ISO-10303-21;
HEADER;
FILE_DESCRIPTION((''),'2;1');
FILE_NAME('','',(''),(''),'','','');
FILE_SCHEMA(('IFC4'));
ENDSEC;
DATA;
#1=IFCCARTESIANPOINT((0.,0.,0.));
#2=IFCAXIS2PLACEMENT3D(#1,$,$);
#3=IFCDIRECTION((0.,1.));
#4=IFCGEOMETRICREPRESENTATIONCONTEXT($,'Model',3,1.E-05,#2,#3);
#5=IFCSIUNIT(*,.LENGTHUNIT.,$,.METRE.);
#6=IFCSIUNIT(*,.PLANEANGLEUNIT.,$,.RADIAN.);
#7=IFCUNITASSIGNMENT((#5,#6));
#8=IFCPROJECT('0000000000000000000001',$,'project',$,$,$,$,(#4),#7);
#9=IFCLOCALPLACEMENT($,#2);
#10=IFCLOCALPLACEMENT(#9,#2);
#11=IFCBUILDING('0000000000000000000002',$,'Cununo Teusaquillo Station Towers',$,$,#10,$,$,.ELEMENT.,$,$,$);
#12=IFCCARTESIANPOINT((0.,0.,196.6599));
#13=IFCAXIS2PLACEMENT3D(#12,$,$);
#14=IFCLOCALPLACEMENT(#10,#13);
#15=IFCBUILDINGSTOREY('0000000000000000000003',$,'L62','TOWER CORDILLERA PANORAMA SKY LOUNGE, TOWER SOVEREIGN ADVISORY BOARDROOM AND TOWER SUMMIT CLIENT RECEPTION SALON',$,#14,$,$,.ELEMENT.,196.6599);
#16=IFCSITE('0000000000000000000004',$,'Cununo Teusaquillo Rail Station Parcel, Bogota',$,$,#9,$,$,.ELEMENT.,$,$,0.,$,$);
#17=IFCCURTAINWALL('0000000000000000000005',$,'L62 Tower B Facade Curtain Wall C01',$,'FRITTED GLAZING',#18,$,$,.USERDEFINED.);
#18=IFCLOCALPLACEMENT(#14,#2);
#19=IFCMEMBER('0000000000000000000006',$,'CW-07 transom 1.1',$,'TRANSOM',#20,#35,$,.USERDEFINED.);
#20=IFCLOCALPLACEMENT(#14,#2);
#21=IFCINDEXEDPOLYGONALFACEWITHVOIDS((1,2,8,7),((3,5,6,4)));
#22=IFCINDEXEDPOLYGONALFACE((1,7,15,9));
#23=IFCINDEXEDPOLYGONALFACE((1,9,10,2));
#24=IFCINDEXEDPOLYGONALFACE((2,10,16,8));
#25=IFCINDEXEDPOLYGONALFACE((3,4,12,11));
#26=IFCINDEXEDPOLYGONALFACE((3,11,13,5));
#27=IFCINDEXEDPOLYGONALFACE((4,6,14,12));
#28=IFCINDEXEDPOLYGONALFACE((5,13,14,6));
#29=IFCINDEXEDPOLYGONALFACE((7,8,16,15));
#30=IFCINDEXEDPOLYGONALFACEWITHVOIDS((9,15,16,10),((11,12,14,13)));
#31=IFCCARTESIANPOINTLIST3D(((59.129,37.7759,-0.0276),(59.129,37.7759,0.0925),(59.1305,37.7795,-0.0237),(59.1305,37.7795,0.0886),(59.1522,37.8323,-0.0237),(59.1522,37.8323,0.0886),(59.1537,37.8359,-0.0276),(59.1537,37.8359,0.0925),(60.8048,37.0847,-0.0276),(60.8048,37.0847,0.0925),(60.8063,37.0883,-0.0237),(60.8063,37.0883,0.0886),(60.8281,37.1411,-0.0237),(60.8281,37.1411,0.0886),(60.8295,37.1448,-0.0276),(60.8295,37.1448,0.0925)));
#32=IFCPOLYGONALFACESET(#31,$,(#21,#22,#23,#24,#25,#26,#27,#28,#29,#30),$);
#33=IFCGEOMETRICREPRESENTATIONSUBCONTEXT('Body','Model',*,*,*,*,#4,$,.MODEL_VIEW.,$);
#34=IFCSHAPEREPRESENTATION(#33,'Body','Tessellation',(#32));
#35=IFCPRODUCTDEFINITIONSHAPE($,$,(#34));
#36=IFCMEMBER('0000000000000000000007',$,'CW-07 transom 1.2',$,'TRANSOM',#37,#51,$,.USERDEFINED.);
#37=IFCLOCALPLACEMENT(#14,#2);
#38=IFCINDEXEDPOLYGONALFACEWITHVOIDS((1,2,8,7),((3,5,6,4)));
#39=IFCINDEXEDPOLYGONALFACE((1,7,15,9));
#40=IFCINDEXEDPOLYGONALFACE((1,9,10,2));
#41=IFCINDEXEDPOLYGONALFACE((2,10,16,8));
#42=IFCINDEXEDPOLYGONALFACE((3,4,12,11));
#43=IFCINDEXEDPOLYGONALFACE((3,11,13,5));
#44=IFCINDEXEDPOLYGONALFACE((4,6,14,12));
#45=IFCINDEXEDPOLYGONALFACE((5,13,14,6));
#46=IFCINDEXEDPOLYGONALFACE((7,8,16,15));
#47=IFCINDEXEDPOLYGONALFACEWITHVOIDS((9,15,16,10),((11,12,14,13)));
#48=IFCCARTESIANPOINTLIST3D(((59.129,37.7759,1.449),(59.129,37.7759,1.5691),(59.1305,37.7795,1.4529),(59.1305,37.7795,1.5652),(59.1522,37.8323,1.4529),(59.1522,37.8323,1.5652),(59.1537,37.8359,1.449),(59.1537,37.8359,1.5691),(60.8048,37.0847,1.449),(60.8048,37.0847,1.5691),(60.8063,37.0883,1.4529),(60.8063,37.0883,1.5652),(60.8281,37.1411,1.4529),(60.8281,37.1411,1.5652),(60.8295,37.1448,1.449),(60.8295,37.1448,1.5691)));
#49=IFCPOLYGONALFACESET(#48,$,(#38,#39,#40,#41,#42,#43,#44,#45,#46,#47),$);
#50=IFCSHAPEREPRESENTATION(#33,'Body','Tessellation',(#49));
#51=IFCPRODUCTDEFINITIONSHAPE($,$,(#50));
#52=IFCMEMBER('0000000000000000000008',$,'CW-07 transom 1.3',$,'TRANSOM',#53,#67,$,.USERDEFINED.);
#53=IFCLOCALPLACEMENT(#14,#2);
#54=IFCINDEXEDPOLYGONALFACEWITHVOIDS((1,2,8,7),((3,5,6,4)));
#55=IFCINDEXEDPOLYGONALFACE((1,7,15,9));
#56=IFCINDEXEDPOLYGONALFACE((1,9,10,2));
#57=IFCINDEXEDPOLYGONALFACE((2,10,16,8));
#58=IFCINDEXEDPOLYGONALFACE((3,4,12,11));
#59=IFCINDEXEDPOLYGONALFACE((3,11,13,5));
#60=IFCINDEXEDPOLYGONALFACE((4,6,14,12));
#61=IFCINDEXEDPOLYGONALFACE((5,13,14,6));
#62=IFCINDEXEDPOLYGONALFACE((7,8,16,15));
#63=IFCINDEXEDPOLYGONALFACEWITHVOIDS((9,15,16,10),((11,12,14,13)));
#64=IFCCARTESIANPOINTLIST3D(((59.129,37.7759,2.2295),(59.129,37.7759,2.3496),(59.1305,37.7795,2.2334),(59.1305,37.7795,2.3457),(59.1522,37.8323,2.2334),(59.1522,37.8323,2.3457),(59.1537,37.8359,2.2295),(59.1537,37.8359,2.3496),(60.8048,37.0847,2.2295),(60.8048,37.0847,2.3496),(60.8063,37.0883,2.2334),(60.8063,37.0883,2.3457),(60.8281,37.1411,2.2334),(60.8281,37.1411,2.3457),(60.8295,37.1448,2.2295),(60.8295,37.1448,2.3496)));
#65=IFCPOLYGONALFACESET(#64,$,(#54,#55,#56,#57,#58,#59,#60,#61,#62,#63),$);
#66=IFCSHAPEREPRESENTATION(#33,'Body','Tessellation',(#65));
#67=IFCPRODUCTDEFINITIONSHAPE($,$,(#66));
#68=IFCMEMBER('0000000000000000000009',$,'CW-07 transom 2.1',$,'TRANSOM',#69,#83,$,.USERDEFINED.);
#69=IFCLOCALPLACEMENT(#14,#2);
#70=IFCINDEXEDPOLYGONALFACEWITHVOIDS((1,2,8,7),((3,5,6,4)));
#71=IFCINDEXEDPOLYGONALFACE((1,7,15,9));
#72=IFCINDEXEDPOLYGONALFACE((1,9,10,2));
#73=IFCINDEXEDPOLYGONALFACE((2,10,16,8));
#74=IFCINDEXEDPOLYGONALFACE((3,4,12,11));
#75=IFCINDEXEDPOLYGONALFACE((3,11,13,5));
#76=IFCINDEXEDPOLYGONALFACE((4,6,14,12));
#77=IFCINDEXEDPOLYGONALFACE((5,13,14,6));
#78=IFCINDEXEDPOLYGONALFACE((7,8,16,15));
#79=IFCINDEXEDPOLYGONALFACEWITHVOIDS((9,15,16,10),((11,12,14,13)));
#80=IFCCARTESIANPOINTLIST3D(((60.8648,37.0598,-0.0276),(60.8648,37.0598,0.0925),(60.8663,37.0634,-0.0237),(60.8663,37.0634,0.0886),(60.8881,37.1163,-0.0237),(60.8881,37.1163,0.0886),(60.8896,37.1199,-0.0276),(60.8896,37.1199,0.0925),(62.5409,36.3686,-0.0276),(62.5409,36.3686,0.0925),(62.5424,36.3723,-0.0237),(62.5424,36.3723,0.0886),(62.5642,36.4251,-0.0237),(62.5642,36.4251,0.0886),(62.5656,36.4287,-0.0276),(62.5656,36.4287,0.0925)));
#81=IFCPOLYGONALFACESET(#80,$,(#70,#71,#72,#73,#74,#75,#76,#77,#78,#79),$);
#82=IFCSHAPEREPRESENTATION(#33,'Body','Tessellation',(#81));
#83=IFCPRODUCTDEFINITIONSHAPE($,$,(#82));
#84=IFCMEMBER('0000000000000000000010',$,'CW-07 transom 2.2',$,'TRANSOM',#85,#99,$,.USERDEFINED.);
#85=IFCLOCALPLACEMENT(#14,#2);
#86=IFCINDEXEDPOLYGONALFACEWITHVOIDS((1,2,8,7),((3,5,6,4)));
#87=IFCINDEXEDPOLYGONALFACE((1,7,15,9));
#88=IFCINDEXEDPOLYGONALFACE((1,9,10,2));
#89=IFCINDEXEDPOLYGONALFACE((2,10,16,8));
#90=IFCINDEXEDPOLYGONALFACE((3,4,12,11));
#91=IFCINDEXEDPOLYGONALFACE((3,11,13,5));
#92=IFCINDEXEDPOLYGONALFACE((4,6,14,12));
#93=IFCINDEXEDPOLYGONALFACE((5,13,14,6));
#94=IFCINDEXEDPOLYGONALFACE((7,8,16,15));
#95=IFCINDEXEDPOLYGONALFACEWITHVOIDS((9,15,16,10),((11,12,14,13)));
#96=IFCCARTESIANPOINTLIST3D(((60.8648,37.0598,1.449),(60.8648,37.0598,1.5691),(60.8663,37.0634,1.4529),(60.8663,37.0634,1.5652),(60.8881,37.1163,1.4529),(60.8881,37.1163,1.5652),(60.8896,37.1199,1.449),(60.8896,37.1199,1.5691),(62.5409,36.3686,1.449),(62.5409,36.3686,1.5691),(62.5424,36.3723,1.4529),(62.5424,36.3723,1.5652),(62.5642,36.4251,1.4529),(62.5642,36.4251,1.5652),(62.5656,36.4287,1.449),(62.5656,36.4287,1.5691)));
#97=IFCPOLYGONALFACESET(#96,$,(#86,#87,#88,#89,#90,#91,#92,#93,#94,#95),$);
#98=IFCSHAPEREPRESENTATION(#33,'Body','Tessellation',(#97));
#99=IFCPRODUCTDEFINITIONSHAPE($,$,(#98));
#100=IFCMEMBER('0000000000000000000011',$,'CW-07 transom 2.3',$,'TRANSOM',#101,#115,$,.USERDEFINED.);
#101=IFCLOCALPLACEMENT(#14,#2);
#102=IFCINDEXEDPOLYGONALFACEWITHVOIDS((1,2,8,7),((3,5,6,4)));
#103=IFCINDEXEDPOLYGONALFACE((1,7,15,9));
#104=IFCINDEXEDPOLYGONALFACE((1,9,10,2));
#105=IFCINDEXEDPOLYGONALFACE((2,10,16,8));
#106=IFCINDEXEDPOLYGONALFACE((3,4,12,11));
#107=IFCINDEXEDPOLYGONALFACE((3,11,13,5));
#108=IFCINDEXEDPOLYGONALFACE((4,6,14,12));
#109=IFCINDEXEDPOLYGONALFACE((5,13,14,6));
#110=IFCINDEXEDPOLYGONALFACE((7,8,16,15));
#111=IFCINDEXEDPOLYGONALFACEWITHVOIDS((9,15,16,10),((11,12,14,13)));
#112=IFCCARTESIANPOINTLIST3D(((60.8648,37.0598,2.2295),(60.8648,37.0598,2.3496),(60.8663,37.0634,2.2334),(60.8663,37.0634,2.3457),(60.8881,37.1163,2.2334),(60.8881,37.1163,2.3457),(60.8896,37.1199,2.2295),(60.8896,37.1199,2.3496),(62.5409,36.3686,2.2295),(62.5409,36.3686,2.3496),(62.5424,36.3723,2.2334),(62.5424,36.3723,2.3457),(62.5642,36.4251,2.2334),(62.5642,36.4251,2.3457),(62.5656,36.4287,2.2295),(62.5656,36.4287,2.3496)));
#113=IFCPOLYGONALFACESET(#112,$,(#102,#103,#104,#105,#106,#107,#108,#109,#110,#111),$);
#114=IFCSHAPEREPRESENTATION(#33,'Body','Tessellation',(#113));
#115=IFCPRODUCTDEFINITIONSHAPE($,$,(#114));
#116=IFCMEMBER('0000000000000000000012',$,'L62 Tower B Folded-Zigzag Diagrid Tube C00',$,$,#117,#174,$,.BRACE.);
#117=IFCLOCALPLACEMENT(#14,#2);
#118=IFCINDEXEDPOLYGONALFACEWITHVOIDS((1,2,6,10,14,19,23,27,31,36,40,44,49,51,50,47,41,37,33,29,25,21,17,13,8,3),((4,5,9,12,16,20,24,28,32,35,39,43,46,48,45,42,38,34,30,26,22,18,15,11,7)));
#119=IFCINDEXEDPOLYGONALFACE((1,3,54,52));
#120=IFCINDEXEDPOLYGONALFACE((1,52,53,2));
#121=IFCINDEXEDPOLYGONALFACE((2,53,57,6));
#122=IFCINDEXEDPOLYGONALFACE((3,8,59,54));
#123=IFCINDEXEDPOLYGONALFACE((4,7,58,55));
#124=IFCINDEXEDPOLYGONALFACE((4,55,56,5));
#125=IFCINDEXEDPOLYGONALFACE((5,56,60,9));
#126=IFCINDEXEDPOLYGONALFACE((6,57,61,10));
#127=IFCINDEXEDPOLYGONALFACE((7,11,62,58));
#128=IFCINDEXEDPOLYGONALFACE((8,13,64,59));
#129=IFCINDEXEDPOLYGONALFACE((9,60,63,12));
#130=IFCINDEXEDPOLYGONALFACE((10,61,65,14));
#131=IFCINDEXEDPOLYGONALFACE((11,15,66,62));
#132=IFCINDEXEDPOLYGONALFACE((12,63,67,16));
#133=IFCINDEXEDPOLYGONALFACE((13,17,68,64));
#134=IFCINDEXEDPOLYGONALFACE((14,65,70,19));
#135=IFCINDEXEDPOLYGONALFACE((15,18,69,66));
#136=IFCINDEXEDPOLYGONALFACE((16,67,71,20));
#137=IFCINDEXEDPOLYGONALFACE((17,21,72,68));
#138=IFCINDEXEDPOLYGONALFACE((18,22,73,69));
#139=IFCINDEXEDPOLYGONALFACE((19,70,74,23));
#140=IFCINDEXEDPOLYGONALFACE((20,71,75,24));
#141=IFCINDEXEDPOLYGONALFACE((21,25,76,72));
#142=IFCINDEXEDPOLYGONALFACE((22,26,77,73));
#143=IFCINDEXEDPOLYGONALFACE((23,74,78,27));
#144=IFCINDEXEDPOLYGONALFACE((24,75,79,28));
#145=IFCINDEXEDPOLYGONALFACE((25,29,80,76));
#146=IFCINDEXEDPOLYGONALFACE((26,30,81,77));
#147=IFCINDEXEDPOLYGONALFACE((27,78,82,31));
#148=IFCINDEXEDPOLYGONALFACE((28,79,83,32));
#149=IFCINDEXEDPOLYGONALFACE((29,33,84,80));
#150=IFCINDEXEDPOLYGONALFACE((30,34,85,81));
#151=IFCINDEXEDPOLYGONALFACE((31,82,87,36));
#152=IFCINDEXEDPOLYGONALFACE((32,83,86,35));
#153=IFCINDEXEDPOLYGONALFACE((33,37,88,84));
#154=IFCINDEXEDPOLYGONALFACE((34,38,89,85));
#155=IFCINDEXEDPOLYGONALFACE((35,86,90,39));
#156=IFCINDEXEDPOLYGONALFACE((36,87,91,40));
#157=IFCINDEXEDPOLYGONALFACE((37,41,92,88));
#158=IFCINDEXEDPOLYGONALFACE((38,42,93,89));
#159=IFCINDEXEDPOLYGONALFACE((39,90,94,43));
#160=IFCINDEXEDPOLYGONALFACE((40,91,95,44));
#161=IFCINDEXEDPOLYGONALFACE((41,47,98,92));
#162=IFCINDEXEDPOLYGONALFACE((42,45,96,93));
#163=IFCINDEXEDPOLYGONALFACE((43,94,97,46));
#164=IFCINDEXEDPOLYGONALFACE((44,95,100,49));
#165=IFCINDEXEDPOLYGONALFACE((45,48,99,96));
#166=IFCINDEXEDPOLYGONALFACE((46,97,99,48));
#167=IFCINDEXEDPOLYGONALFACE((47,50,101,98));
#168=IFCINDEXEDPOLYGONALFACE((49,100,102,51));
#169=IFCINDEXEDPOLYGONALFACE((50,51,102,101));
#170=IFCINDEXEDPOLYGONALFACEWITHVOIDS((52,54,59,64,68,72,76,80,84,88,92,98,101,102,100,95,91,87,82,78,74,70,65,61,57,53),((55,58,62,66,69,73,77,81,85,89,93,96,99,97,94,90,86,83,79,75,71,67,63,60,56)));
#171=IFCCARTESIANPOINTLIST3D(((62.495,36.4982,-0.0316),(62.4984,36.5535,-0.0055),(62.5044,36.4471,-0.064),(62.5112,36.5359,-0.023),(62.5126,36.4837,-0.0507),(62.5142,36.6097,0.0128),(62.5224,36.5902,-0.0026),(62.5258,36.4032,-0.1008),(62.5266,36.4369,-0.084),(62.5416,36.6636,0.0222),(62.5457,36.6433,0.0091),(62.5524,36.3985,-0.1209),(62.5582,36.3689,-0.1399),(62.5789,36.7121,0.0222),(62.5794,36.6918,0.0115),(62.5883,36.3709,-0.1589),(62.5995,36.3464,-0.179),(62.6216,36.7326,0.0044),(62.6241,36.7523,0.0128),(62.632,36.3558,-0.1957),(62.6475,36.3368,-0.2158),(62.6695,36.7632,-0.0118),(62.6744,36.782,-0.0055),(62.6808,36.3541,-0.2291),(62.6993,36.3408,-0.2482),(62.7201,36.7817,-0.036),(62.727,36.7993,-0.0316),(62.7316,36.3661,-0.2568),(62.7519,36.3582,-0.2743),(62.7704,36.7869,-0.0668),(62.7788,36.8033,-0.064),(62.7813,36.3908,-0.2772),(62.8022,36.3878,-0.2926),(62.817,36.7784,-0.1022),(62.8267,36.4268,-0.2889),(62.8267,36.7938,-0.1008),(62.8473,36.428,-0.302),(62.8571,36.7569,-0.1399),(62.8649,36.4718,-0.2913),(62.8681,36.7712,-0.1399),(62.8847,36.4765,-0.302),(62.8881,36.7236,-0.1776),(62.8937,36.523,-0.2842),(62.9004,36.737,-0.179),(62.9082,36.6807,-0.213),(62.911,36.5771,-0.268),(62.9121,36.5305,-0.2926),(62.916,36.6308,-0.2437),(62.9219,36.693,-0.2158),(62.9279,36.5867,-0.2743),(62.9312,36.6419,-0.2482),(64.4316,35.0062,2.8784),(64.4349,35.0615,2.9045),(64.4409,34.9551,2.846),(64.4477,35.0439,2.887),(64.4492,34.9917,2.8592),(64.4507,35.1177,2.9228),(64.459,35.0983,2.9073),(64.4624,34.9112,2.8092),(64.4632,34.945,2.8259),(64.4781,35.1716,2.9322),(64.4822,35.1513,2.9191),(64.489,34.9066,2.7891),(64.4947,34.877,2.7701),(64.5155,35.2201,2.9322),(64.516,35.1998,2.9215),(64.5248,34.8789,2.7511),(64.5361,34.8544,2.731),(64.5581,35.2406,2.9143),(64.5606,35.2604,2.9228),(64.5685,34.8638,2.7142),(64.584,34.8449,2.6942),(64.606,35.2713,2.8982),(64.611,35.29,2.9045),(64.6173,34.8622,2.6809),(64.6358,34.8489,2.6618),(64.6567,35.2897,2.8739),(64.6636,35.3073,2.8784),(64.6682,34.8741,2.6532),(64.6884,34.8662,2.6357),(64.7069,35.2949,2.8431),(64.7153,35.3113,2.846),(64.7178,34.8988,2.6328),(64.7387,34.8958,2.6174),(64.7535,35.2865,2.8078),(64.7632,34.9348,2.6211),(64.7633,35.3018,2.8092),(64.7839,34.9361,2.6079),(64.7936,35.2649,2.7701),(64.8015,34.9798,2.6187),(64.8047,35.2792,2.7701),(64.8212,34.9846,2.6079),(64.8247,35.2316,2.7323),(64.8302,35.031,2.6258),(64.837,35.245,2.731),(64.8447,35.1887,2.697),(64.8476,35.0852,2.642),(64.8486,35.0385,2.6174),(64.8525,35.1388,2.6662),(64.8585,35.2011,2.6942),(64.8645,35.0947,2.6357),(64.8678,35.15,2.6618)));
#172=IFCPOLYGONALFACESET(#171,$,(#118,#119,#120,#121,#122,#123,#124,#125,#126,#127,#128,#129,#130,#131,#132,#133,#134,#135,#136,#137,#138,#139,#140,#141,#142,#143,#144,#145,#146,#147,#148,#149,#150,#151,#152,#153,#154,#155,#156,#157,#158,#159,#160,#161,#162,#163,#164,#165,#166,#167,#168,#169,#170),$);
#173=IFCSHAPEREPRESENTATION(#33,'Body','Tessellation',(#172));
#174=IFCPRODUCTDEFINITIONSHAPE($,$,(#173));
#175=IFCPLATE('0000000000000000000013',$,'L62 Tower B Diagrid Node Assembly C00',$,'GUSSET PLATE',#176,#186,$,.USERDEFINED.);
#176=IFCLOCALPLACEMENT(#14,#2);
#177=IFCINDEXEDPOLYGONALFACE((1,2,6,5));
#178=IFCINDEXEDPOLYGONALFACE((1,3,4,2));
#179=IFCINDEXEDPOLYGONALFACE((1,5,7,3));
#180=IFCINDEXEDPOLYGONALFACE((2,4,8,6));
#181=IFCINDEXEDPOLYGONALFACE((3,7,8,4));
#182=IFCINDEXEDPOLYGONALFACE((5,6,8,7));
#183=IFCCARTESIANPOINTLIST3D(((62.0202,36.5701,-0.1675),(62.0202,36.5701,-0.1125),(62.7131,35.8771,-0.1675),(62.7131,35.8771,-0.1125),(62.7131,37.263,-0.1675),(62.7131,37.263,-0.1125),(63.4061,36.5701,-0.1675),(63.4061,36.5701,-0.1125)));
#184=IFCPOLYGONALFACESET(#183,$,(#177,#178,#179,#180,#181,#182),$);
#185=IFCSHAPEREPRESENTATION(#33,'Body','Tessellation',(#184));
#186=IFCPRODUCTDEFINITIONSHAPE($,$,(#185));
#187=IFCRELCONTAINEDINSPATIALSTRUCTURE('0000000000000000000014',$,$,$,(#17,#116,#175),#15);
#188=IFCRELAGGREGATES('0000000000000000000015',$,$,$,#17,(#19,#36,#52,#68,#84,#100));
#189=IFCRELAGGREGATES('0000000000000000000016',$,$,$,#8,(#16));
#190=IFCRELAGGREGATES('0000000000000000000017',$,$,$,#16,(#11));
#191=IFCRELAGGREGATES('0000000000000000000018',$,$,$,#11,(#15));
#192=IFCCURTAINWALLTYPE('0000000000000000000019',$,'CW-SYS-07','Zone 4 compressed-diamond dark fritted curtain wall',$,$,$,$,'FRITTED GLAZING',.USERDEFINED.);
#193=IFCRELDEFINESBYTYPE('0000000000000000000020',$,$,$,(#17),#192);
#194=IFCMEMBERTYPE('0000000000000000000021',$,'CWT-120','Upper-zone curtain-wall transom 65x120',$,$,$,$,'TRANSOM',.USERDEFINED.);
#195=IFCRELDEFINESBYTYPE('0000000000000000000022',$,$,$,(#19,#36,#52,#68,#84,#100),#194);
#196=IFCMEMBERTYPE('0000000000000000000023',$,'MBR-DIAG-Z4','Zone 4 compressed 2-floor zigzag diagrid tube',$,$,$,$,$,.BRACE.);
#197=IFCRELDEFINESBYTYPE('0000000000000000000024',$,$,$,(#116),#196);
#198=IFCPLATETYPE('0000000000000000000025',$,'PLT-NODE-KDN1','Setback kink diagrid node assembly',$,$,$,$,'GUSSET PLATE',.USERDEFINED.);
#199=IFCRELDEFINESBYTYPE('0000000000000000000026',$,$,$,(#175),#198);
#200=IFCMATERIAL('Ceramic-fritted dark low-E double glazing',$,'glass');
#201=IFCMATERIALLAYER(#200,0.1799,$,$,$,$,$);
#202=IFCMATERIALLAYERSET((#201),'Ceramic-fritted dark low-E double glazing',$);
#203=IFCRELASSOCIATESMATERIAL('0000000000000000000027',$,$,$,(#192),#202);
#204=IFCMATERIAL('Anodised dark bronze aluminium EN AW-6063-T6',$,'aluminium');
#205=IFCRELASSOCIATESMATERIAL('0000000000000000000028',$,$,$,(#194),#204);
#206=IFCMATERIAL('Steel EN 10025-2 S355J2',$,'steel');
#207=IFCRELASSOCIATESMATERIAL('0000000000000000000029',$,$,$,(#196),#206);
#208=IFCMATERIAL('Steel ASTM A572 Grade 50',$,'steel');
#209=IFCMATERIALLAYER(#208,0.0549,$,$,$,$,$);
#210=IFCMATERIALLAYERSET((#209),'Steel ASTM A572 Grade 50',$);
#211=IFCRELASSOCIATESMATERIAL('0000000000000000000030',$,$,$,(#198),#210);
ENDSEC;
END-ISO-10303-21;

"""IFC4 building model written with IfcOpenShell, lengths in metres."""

from ifc_helpers import new_model, si_unit, direction, frame, origin, origin_2d, place, context, subcontext, project, spatial, rectangle, hollow_rectangle, hollow_circle, extrude, source, transform, mapped, material, layer, layer_set, material_profile, profile_set, type_object, element, aggregate, save


model = new_model("IFC4")

# Units and contexts
model_context = context("Model", 3, precision=1e-05, world=origin(), true_north=direction((0.0, 1.0)))
body_context = subcontext(model_context, "Body", "Model", "MODEL_VIEW")
ifc_project = project(units=[si_unit("LENGTHUNIT", "METRE"), si_unit("PLANEANGLEUNIT", "RADIAN")], contexts=[model_context])

# Site, building, storey
site_placement = place(None, origin())
site = spatial("IfcSite", under=ifc_project, at=site_placement, Name="Cununo Teusaquillo Rail Station Parcel, Bogota", CompositionType="ELEMENT", RefElevation=0.0)
building_placement = place(site_placement, origin())
building = spatial("IfcBuilding", under=site, at=building_placement, Name="Cununo Teusaquillo Station Towers", CompositionType="ELEMENT")
storey_placement = place(building_placement, frame((0.0, 0.0, 196.6599)))
storey = spatial("IfcBuildingStorey", under=building, at=storey_placement, Name="L62", Description="TOWER CORDILLERA PANORAMA SKY LOUNGE, TOWER SOVEREIGN ADVISORY BOARDROOM AND TOWER SUMMIT CLIENT RECEPTION SALON", CompositionType="ELEMENT", Elevation=196.6599)

# Curtain wall, members
ifc_material_1 = material(Name="Ceramic-fritted dark low-E double glazing", Category="glass")
ifc_layer_1 = layer(ifc_material_1, 0.1799)
ifc_layer_set_1 = layer_set([ifc_layer_1], Name="Ceramic-fritted dark low-E double glazing")
curtain_wall_type = type_object("IfcCurtainWallType", Name="CW-SYS-07", Description="Zone 4 compressed-diamond dark fritted curtain wall", ElementType="FRITTED GLAZING", PredefinedType="USERDEFINED", material=ifc_layer_set_1)
curtain_wall_placement = place(storey_placement, origin())
curtain_wall = element("IfcCurtainWall", 1, at=curtain_wall_placement, inside=storey, type_object=curtain_wall_type, Name="L62 Tower B Facade Curtain Wall C01", ObjectType="FRITTED GLAZING", PredefinedType="USERDEFINED")
ifc_material_2 = material(Name="Anodised dark bronze aluminium EN AW-6063-T6", Category="aluminium")
ifc_material_profile_1 = material_profile(ifc_material_2, hollow_rectangle(XDim=0.0649, YDim=0.1201, WallThickness=0.0039, at=origin_2d()), Name="CW-TRAN-65x120")
ifc_profile_set_1 = profile_set([ifc_material_profile_1], Name="Anodised dark bronze aluminium EN AW-6063-T6")
member_type_1 = type_object("IfcMemberType", Name="CWT-120", Description="Upper-zone curtain-wall transom 65x120", ElementType="TRANSOM", PredefinedType="USERDEFINED", material=ifc_profile_set_1)
member_1_placement = place(storey_placement, frame((59.1414, 37.8059, 0.0325), z_axis=(0.924458, -0.381285, 0.0), x_axis=(0.381285, 0.924458, 0.0)))
member_1 = element("IfcMember", 2, at=member_1_placement, type_object=member_type_1, Name="CW-07 transom 1.1", ObjectType="TRANSOM", PredefinedType="USERDEFINED", context=body_context, shape_type="SweptSolid", body=[
    extrude(hollow_rectangle(XDim=0.0649, YDim=0.1201, WallThickness=0.0039, at=origin_2d()), origin(), (0.0, 0.0, 1.0), 1.8127),
])
member_2_placement = place(storey_placement, frame((59.1414, 37.8059, 1.509), z_axis=(0.924458, -0.381285, 0.0), x_axis=(0.381285, 0.924458, 0.0)))
member_2 = element("IfcMember", 3, at=member_2_placement, type_object=member_type_1, Name="CW-07 transom 1.2", ObjectType="TRANSOM", PredefinedType="USERDEFINED", context=body_context, shape_type="SweptSolid", body=[
    extrude(hollow_rectangle(XDim=0.0649, YDim=0.1201, WallThickness=0.0039, at=origin_2d()), origin(), (0.0, 0.0, 1.0), 1.8127),
])
member_3_placement = place(storey_placement, frame((59.1414, 37.8059, 2.2896), z_axis=(0.924458, -0.381285, 0.0), x_axis=(0.381285, 0.924458, 0.0)))
member_3 = element("IfcMember", 4, at=member_3_placement, type_object=member_type_1, Name="CW-07 transom 1.3", ObjectType="TRANSOM", PredefinedType="USERDEFINED", context=body_context, shape_type="SweptSolid", body=[
    extrude(hollow_rectangle(XDim=0.0649, YDim=0.1201, WallThickness=0.0039, at=origin_2d()), origin(), (0.0, 0.0, 1.0), 1.8127),
])
member_4_placement = place(storey_placement, frame((60.8772, 37.0898, 0.0325), z_axis=(0.924477, -0.381237, 0.0), x_axis=(0.381237, 0.924477, 0.0)))
member_4 = element("IfcMember", 5, at=member_4_placement, type_object=member_type_1, Name="CW-07 transom 2.1", ObjectType="TRANSOM", PredefinedType="USERDEFINED", context=body_context, shape_type="SweptSolid", body=[
    extrude(hollow_rectangle(XDim=0.0649, YDim=0.1201, WallThickness=0.0039, at=origin_2d()), origin(), (0.0, 0.0, 1.0), 1.813),
])
member_5_placement = place(storey_placement, frame((60.8772, 37.0898, 1.509), z_axis=(0.924477, -0.381237, 0.0), x_axis=(0.381237, 0.924477, 0.0)))
member_5 = element("IfcMember", 6, at=member_5_placement, type_object=member_type_1, Name="CW-07 transom 2.2", ObjectType="TRANSOM", PredefinedType="USERDEFINED", context=body_context, shape_type="SweptSolid", body=[
    extrude(hollow_rectangle(XDim=0.0649, YDim=0.1201, WallThickness=0.0039, at=origin_2d()), origin(), (0.0, 0.0, 1.0), 1.813),
])
member_6_placement = place(storey_placement, frame((60.8772, 37.0898, 2.2896), z_axis=(0.924477, -0.381237, 0.0), x_axis=(0.381237, 0.924477, 0.0)))
member_6 = element("IfcMember", 7, at=member_6_placement, type_object=member_type_1, Name="CW-07 transom 2.3", ObjectType="TRANSOM", PredefinedType="USERDEFINED", context=body_context, shape_type="SweptSolid", body=[
    extrude(hollow_rectangle(XDim=0.0649, YDim=0.1201, WallThickness=0.0039, at=origin_2d()), origin(), (0.0, 0.0, 1.0), 1.813),
])

# Member
ifc_material_3 = material(Name="Steel EN 10025-2 S355J2", Category="steel")
ifc_material_profile_2 = material_profile(ifc_material_3, hollow_circle(Radius=0.2539, WallThickness=0.0181, at=origin_2d()), Name="CHS 508x18")
ifc_profile_set_2 = profile_set([ifc_material_profile_2], Name="Steel EN 10025-2 S355J2")
member_type_2 = type_object("IfcMemberType", Name="MBR-DIAG-Z4", Description="Zone 4 compressed 2-floor zigzag diagrid tube", PredefinedType="BRACE", material=ifc_profile_set_2)
member_7_placement = place(storey_placement, frame((62.7131, 36.5701, -0.1399), z_axis=(0.509548, -0.392568, 0.765671), x_axis=(0.610304, 0.792167, 0.0)))
element("IfcMember", 8, at=member_7_placement, inside=storey, type_object=member_type_2, Name="L62 Tower B Folded-Zigzag Diagrid Tube C00", PredefinedType="BRACE", context=body_context, shape_type="SweptSolid", body=[
    extrude(hollow_circle(Radius=0.2539, WallThickness=0.0181, at=origin_2d()), origin(), (0.0, 0.0, 1.0), 3.8005),
])

# Plate
ifc_material_4 = material(Name="Steel ASTM A572 Grade 50", Category="steel")
ifc_layer_2 = layer(ifc_material_4, 0.0549)
ifc_layer_set_2 = layer_set([ifc_layer_2], Name="Steel ASTM A572 Grade 50")
plate_type_1 = type_object("IfcPlateType", Name="PLT-NODE-KDN1", Description="Setback kink diagrid node assembly", ElementType="GUSSET PLATE", PredefinedType="USERDEFINED", material=ifc_layer_set_2)
shared_shape_1 = source(origin(), body_context, "Body", "SweptSolid", [
    extrude(rectangle(XDim=0.98, YDim=0.98, at=origin_2d()), origin(), (0.0, 0.0, 1.0), 0.0549),
])
plate_1_placement = place(storey_placement, frame((62.7131, 36.5701, -0.1675), z_axis=(0.0, 0.0, 1.0), x_axis=(0.707107, 0.707107, 0.0)))
element("IfcPlate", 9, at=plate_1_placement, inside=storey, type_object=plate_type_1, Name="L62 Tower B Diagrid Node Assembly C00", ObjectType="GUSSET PLATE", PredefinedType="USERDEFINED", context=body_context, shape_type="MappedRepresentation", body=[
    mapped(shared_shape_1, transform((0.0, 0.0, 0.0), x_axis=(1.0, 0.0, 0.0), y_axis=(0.0, 1.0, 0.0), z_axis=(0.0, 0.0, 1.0), scale=1.0)),
])
aggregate(curtain_wall, [member_1, member_2, member_3, member_4, member_5, member_6])

save(model, "model.ifc")
